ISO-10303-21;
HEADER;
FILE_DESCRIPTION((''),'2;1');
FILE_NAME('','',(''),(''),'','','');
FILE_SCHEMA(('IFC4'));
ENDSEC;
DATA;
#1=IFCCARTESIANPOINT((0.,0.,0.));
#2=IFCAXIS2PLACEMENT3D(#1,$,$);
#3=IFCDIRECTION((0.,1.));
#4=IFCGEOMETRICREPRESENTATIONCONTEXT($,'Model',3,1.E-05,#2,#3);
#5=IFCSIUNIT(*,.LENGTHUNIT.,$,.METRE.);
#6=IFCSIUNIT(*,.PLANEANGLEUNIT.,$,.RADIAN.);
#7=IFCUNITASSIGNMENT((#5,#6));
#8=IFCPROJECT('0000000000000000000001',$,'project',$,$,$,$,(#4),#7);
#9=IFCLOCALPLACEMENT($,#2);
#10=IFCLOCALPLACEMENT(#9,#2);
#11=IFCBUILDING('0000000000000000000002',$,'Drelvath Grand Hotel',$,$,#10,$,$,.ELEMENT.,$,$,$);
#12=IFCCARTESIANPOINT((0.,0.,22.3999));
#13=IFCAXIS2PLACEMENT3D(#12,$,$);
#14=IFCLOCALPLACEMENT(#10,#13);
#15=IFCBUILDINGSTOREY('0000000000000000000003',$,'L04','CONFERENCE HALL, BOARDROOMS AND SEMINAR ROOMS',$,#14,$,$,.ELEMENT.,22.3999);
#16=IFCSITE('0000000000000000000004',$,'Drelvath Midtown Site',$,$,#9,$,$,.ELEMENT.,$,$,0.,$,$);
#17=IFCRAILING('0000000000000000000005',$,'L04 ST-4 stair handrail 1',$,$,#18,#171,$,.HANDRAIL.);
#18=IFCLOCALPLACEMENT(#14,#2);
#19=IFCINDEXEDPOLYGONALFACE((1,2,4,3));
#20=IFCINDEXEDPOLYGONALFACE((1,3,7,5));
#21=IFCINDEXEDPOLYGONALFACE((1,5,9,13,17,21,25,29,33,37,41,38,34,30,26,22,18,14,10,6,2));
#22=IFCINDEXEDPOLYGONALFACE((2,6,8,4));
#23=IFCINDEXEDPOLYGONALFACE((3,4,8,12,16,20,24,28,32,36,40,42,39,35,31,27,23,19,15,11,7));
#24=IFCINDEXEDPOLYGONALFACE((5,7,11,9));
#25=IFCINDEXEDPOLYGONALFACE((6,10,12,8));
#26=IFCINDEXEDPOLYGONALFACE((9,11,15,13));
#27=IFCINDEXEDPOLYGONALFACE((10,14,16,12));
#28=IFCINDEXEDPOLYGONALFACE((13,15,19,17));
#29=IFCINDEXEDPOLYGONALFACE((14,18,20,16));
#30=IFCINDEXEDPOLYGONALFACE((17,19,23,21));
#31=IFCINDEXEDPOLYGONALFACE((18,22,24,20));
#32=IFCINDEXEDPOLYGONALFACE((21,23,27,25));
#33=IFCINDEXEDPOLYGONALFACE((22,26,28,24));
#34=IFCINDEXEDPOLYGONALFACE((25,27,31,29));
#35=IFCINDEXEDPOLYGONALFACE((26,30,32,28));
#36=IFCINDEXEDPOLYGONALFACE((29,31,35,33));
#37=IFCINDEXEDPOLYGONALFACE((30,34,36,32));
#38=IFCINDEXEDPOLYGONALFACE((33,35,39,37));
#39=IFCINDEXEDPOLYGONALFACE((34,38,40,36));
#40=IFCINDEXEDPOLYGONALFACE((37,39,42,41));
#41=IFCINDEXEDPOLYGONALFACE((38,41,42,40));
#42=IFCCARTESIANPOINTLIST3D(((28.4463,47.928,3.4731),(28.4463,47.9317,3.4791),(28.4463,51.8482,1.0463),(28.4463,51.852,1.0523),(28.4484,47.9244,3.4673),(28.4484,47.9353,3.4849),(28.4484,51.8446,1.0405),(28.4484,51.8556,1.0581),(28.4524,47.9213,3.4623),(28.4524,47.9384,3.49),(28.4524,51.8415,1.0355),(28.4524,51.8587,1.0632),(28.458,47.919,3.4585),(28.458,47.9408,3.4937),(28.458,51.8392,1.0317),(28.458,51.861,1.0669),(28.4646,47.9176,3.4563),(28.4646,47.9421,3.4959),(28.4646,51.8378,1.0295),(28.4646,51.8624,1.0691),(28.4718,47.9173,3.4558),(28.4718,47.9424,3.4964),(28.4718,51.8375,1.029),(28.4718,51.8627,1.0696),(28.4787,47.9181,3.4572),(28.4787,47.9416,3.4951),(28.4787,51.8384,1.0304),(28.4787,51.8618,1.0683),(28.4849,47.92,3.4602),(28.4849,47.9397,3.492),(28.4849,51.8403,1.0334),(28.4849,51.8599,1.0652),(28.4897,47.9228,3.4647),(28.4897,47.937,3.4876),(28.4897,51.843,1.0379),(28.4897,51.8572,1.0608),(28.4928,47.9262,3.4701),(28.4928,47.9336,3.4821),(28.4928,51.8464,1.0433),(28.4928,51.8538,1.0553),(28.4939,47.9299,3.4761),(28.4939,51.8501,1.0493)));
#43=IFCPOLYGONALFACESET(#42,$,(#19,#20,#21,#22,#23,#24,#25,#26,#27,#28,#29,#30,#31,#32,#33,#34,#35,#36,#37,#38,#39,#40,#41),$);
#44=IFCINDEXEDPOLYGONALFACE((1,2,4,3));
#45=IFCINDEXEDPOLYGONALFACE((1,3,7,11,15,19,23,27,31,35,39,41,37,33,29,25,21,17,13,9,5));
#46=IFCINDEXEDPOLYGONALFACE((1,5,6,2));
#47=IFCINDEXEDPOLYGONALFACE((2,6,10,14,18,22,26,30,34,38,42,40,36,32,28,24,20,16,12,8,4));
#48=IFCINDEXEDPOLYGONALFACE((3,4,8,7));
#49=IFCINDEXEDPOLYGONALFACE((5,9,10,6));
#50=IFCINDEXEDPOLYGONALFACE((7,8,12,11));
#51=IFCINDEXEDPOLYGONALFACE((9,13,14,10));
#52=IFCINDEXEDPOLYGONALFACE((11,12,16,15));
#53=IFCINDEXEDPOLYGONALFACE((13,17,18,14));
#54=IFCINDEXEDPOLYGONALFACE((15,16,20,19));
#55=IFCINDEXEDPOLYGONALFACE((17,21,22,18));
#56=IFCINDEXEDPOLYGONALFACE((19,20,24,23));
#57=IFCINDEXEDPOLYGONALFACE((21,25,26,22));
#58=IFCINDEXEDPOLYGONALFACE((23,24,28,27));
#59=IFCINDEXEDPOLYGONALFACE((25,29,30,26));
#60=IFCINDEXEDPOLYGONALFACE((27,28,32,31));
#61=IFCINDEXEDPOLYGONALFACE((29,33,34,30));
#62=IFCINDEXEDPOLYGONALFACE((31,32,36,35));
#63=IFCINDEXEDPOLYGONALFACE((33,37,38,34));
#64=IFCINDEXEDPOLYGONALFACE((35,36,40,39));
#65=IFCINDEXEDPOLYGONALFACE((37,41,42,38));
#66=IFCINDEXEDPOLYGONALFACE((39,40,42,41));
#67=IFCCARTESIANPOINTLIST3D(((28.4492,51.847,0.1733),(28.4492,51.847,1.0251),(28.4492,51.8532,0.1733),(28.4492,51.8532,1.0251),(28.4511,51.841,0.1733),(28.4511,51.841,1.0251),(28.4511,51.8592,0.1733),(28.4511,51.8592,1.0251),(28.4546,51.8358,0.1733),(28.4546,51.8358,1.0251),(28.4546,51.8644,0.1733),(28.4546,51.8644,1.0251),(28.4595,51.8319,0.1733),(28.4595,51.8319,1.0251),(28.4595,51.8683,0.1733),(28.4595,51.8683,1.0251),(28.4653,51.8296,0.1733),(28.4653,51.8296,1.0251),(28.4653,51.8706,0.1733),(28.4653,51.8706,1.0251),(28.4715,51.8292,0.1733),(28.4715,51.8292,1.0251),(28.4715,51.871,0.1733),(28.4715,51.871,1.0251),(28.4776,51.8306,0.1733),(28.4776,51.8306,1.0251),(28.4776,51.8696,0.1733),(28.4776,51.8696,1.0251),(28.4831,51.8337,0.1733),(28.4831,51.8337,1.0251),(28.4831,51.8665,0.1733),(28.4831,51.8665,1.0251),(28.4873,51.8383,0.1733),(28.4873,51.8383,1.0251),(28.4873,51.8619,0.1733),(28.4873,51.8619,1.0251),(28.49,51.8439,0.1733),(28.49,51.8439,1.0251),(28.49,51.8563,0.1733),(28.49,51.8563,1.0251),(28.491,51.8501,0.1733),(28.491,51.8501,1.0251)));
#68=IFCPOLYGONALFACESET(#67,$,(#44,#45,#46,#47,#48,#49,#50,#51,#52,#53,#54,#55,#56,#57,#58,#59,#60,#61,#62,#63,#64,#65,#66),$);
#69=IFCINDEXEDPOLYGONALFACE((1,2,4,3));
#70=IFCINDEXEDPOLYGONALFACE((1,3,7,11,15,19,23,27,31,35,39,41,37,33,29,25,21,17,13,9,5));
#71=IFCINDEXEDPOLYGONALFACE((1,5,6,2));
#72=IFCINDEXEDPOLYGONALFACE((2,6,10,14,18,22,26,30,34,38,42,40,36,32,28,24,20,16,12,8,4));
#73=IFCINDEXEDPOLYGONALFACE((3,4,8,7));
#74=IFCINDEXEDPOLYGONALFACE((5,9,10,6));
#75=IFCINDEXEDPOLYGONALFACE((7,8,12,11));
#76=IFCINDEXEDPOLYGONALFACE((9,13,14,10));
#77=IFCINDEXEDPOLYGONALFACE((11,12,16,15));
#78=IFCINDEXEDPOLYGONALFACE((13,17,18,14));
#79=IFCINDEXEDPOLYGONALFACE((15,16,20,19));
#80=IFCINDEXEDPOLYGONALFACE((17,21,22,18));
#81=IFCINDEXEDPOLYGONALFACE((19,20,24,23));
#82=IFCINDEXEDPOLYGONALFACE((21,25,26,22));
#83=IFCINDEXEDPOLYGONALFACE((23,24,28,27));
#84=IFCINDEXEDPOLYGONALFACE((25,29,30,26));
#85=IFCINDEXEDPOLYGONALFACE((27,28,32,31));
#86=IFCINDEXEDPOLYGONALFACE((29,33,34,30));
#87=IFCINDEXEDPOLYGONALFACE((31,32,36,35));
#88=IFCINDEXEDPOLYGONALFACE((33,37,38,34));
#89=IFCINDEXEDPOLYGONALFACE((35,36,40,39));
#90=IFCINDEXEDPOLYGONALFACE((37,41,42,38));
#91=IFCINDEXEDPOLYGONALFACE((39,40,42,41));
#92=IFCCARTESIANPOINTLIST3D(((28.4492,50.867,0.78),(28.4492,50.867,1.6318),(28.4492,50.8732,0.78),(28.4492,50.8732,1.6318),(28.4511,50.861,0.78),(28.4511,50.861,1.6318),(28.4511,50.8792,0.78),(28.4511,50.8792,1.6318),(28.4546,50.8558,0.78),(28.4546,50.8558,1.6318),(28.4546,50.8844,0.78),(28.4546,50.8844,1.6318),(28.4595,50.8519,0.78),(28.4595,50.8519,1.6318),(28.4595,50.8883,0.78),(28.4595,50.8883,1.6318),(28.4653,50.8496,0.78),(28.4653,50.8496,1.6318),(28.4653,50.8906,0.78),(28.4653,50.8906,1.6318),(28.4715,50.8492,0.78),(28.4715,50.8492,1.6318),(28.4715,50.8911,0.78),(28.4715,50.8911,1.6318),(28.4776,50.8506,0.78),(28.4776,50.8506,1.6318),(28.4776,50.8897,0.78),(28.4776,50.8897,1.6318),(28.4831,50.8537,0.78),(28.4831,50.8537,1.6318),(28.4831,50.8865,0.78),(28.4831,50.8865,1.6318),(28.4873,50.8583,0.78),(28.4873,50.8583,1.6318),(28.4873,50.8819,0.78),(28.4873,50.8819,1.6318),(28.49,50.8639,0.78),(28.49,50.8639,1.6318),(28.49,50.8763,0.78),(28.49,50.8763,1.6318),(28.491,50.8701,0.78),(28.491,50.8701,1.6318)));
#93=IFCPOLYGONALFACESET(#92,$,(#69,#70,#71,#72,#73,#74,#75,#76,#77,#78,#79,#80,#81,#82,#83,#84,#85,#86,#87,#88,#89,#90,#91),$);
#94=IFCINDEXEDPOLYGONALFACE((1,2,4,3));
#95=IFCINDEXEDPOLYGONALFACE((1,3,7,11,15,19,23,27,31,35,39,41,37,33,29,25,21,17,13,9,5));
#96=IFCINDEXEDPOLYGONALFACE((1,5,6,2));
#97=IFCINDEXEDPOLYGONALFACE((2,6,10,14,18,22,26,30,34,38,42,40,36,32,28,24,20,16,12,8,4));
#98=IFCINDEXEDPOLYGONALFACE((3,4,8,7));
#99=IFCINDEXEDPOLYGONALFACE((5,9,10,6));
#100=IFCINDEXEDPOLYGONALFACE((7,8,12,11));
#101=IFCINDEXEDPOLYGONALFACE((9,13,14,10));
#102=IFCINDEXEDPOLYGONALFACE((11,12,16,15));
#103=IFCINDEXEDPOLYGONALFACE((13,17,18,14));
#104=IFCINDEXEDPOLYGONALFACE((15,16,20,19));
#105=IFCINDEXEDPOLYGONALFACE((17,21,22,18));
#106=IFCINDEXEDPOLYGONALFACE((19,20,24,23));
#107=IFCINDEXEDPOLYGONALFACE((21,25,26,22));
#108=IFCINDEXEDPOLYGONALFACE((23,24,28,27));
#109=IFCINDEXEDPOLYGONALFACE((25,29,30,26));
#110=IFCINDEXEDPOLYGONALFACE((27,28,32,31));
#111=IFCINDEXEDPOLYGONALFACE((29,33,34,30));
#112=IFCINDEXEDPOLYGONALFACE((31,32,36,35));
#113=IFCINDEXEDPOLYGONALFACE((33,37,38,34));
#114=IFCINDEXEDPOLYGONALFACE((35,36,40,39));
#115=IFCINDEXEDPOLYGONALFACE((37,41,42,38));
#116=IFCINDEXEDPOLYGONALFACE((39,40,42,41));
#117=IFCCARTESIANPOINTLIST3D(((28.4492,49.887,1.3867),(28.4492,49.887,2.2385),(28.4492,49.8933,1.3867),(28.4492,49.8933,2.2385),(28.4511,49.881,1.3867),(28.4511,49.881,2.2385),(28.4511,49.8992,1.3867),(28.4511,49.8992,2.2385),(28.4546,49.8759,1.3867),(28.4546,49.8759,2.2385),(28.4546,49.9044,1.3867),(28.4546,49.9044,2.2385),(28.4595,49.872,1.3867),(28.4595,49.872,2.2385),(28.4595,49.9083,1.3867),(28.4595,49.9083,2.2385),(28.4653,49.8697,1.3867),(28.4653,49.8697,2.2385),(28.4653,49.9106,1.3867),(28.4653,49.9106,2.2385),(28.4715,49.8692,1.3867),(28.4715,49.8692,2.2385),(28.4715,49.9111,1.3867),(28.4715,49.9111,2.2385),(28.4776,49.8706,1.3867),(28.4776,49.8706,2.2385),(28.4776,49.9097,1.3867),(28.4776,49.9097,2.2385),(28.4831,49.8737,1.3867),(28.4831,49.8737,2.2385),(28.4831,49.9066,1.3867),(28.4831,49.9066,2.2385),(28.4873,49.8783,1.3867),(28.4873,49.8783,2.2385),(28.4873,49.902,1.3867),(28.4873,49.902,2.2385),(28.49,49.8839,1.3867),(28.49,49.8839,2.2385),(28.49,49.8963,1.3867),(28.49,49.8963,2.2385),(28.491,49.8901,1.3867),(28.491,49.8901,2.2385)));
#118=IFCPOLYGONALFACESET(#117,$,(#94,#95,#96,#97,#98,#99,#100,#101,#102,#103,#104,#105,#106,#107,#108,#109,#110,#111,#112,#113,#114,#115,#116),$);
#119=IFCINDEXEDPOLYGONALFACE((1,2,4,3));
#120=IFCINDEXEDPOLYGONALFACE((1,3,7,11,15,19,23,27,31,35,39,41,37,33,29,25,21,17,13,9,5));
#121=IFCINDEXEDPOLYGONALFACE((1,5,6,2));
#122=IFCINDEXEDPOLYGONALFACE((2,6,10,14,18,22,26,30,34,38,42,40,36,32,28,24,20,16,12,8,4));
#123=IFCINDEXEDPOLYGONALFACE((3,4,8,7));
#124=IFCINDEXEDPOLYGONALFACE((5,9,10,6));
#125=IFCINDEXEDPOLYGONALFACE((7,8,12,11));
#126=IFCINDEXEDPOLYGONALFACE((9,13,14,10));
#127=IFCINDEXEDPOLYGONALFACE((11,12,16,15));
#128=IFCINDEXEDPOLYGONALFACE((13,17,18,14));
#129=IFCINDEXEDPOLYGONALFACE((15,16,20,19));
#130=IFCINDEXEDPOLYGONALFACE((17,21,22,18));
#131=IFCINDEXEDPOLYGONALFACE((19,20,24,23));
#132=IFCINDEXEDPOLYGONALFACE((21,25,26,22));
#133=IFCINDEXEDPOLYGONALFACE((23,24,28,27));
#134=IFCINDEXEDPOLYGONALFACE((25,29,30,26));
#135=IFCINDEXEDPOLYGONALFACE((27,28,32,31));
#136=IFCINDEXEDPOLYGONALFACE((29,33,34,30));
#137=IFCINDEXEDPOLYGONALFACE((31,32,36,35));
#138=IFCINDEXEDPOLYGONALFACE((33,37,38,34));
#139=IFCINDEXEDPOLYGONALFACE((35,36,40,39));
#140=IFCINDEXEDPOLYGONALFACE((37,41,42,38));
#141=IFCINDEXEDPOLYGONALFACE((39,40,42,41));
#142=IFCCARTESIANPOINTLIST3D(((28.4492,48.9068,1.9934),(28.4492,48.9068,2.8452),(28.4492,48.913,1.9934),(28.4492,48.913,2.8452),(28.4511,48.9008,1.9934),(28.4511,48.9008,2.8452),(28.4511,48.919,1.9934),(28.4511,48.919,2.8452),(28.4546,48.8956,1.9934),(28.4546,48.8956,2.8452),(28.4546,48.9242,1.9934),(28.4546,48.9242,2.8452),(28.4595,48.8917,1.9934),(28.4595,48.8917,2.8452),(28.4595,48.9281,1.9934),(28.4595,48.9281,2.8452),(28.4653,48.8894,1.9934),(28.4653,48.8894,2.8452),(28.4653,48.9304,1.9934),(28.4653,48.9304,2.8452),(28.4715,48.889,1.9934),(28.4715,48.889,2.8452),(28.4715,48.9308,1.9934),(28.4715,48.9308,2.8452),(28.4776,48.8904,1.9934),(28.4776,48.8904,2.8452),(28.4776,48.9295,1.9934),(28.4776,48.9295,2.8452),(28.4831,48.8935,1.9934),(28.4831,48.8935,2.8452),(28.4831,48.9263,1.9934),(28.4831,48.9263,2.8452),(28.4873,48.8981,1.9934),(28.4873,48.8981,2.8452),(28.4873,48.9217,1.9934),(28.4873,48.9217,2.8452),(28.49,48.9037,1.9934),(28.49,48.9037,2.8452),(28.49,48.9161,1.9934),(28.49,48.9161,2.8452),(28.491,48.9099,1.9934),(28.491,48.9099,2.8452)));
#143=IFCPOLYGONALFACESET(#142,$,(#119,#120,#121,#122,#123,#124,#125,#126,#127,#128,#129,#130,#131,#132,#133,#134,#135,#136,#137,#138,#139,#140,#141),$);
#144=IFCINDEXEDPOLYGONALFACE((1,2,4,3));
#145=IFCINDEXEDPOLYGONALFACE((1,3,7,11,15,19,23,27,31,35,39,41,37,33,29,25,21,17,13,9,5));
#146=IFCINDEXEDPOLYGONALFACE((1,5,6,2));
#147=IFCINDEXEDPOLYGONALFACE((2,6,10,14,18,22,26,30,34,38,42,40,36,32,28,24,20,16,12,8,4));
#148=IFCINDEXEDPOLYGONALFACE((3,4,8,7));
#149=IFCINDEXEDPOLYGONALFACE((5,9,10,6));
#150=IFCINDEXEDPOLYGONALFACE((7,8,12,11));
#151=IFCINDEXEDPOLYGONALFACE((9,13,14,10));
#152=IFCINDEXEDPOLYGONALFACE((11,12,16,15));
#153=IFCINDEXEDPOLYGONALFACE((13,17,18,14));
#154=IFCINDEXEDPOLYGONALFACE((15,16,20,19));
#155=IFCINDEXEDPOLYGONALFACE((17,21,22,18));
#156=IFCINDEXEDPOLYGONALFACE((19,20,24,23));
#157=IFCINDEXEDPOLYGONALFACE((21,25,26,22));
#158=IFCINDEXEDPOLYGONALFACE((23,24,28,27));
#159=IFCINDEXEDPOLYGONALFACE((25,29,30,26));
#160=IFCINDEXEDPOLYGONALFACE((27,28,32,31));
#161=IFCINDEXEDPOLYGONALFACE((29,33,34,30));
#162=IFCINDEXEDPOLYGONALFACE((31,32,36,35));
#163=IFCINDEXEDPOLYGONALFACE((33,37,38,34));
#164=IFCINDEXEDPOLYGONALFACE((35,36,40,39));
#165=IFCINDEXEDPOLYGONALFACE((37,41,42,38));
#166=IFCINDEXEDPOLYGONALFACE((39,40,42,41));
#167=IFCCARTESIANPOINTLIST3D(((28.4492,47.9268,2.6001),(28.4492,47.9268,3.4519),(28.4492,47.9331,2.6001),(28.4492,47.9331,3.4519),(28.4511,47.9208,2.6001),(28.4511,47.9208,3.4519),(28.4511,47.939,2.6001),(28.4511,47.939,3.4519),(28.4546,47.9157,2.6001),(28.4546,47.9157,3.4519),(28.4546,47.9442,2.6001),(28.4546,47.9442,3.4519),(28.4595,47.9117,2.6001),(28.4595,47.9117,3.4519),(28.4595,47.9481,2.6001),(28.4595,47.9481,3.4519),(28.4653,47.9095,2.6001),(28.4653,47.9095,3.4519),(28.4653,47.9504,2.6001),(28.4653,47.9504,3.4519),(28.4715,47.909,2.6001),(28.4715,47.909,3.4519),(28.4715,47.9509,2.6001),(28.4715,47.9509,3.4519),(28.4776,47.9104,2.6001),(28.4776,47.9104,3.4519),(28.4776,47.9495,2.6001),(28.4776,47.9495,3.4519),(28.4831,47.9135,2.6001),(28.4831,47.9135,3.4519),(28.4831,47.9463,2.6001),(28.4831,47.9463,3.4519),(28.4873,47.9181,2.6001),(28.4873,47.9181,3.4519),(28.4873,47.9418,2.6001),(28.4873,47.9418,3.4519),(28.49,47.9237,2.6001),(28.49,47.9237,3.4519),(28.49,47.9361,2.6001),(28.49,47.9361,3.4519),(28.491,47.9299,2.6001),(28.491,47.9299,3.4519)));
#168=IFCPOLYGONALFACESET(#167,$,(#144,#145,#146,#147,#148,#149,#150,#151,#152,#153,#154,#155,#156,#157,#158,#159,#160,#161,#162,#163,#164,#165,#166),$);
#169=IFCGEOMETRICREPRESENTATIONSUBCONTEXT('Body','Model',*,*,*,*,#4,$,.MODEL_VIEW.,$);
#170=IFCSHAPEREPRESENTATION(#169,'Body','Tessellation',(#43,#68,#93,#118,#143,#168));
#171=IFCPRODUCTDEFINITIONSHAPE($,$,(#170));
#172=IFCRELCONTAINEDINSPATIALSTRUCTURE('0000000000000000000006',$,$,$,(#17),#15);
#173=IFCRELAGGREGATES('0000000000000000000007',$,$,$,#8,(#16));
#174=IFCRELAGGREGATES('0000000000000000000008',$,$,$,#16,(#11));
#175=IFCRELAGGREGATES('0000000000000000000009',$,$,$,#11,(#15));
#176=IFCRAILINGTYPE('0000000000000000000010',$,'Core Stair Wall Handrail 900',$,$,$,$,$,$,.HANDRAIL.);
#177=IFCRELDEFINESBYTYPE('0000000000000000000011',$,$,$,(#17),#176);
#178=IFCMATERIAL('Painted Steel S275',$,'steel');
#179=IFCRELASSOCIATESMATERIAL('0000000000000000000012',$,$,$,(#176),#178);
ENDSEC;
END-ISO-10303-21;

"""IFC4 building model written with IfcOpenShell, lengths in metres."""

from ifc_helpers import new_model, si_unit, direction, frame, origin, origin_2d, place, context, subcontext, project, spatial, circle, extrude, material, type_object, element, save


model = new_model("IFC4")

# Units and contexts
model_context = context("Model", 3, precision=1e-05, world=origin(), true_north=direction((0.0, 1.0)))
body_context = subcontext(model_context, "Body", "Model", "MODEL_VIEW")
ifc_project = project(units=[si_unit("LENGTHUNIT", "METRE"), si_unit("PLANEANGLEUNIT", "RADIAN")], contexts=[model_context])

# Site, building, storey
site_placement = place(None, origin())
site = spatial("IfcSite", under=ifc_project, at=site_placement, Name="Drelvath Midtown Site", CompositionType="ELEMENT", RefElevation=0.0)
building_placement = place(site_placement, origin())
building = spatial("IfcBuilding", under=site, at=building_placement, Name="Drelvath Grand Hotel", CompositionType="ELEMENT")
storey_placement = place(building_placement, frame((0.0, 0.0, 22.3999)))
storey = spatial("IfcBuildingStorey", under=building, at=storey_placement, Name="L04", Description="CONFERENCE HALL, BOARDROOMS AND SEMINAR ROOMS", CompositionType="ELEMENT", Elevation=22.3999)

# Railing
ifc_material_1 = material(Name="Painted Steel S275", Category="steel")
railing_type_1 = type_object("IfcRailingType", Name="Core Stair Wall Handrail 900", PredefinedType="HANDRAIL", material=ifc_material_1)
railing_1_placement = place(storey_placement, frame((28.47, 51.8501, 0.1733)))
element("IfcRailing", 1, at=railing_1_placement, inside=storey, type_object=railing_type_1, Name="L04 ST-4 stair handrail 1", PredefinedType="HANDRAIL", context=body_context, shape_type="SweptSolid", body=[
    extrude(circle(Radius=0.0239, at=origin_2d()), frame((0.0, 0.0, 0.876), z_axis=(0.0, -0.850266, 0.526353), x_axis=(1.0, 0.0, 0.0)), (0.0, 0.0, 1.0), 4.6106),
    extrude(circle(Radius=0.021, at=origin_2d()), origin(), (0.0, 0.0, 1.0), 0.8518),
    extrude(circle(Radius=0.021, at=origin_2d()), frame((0.0, -0.98, 0.6067)), (0.0, 0.0, 1.0), 0.8518),
    extrude(circle(Radius=0.021, at=origin_2d()), frame((0.0, -1.96, 1.2134)), (0.0, 0.0, 1.0), 0.8518),
    extrude(circle(Radius=0.021, at=origin_2d()), frame((0.0, -2.9402, 1.8201)), (0.0, 0.0, 1.0), 0.8518),
    extrude(circle(Radius=0.021, at=origin_2d()), frame((0.0, -3.9202, 2.4268)), (0.0, 0.0, 1.0), 0.8518),
])

save(model, "model.ifc")
